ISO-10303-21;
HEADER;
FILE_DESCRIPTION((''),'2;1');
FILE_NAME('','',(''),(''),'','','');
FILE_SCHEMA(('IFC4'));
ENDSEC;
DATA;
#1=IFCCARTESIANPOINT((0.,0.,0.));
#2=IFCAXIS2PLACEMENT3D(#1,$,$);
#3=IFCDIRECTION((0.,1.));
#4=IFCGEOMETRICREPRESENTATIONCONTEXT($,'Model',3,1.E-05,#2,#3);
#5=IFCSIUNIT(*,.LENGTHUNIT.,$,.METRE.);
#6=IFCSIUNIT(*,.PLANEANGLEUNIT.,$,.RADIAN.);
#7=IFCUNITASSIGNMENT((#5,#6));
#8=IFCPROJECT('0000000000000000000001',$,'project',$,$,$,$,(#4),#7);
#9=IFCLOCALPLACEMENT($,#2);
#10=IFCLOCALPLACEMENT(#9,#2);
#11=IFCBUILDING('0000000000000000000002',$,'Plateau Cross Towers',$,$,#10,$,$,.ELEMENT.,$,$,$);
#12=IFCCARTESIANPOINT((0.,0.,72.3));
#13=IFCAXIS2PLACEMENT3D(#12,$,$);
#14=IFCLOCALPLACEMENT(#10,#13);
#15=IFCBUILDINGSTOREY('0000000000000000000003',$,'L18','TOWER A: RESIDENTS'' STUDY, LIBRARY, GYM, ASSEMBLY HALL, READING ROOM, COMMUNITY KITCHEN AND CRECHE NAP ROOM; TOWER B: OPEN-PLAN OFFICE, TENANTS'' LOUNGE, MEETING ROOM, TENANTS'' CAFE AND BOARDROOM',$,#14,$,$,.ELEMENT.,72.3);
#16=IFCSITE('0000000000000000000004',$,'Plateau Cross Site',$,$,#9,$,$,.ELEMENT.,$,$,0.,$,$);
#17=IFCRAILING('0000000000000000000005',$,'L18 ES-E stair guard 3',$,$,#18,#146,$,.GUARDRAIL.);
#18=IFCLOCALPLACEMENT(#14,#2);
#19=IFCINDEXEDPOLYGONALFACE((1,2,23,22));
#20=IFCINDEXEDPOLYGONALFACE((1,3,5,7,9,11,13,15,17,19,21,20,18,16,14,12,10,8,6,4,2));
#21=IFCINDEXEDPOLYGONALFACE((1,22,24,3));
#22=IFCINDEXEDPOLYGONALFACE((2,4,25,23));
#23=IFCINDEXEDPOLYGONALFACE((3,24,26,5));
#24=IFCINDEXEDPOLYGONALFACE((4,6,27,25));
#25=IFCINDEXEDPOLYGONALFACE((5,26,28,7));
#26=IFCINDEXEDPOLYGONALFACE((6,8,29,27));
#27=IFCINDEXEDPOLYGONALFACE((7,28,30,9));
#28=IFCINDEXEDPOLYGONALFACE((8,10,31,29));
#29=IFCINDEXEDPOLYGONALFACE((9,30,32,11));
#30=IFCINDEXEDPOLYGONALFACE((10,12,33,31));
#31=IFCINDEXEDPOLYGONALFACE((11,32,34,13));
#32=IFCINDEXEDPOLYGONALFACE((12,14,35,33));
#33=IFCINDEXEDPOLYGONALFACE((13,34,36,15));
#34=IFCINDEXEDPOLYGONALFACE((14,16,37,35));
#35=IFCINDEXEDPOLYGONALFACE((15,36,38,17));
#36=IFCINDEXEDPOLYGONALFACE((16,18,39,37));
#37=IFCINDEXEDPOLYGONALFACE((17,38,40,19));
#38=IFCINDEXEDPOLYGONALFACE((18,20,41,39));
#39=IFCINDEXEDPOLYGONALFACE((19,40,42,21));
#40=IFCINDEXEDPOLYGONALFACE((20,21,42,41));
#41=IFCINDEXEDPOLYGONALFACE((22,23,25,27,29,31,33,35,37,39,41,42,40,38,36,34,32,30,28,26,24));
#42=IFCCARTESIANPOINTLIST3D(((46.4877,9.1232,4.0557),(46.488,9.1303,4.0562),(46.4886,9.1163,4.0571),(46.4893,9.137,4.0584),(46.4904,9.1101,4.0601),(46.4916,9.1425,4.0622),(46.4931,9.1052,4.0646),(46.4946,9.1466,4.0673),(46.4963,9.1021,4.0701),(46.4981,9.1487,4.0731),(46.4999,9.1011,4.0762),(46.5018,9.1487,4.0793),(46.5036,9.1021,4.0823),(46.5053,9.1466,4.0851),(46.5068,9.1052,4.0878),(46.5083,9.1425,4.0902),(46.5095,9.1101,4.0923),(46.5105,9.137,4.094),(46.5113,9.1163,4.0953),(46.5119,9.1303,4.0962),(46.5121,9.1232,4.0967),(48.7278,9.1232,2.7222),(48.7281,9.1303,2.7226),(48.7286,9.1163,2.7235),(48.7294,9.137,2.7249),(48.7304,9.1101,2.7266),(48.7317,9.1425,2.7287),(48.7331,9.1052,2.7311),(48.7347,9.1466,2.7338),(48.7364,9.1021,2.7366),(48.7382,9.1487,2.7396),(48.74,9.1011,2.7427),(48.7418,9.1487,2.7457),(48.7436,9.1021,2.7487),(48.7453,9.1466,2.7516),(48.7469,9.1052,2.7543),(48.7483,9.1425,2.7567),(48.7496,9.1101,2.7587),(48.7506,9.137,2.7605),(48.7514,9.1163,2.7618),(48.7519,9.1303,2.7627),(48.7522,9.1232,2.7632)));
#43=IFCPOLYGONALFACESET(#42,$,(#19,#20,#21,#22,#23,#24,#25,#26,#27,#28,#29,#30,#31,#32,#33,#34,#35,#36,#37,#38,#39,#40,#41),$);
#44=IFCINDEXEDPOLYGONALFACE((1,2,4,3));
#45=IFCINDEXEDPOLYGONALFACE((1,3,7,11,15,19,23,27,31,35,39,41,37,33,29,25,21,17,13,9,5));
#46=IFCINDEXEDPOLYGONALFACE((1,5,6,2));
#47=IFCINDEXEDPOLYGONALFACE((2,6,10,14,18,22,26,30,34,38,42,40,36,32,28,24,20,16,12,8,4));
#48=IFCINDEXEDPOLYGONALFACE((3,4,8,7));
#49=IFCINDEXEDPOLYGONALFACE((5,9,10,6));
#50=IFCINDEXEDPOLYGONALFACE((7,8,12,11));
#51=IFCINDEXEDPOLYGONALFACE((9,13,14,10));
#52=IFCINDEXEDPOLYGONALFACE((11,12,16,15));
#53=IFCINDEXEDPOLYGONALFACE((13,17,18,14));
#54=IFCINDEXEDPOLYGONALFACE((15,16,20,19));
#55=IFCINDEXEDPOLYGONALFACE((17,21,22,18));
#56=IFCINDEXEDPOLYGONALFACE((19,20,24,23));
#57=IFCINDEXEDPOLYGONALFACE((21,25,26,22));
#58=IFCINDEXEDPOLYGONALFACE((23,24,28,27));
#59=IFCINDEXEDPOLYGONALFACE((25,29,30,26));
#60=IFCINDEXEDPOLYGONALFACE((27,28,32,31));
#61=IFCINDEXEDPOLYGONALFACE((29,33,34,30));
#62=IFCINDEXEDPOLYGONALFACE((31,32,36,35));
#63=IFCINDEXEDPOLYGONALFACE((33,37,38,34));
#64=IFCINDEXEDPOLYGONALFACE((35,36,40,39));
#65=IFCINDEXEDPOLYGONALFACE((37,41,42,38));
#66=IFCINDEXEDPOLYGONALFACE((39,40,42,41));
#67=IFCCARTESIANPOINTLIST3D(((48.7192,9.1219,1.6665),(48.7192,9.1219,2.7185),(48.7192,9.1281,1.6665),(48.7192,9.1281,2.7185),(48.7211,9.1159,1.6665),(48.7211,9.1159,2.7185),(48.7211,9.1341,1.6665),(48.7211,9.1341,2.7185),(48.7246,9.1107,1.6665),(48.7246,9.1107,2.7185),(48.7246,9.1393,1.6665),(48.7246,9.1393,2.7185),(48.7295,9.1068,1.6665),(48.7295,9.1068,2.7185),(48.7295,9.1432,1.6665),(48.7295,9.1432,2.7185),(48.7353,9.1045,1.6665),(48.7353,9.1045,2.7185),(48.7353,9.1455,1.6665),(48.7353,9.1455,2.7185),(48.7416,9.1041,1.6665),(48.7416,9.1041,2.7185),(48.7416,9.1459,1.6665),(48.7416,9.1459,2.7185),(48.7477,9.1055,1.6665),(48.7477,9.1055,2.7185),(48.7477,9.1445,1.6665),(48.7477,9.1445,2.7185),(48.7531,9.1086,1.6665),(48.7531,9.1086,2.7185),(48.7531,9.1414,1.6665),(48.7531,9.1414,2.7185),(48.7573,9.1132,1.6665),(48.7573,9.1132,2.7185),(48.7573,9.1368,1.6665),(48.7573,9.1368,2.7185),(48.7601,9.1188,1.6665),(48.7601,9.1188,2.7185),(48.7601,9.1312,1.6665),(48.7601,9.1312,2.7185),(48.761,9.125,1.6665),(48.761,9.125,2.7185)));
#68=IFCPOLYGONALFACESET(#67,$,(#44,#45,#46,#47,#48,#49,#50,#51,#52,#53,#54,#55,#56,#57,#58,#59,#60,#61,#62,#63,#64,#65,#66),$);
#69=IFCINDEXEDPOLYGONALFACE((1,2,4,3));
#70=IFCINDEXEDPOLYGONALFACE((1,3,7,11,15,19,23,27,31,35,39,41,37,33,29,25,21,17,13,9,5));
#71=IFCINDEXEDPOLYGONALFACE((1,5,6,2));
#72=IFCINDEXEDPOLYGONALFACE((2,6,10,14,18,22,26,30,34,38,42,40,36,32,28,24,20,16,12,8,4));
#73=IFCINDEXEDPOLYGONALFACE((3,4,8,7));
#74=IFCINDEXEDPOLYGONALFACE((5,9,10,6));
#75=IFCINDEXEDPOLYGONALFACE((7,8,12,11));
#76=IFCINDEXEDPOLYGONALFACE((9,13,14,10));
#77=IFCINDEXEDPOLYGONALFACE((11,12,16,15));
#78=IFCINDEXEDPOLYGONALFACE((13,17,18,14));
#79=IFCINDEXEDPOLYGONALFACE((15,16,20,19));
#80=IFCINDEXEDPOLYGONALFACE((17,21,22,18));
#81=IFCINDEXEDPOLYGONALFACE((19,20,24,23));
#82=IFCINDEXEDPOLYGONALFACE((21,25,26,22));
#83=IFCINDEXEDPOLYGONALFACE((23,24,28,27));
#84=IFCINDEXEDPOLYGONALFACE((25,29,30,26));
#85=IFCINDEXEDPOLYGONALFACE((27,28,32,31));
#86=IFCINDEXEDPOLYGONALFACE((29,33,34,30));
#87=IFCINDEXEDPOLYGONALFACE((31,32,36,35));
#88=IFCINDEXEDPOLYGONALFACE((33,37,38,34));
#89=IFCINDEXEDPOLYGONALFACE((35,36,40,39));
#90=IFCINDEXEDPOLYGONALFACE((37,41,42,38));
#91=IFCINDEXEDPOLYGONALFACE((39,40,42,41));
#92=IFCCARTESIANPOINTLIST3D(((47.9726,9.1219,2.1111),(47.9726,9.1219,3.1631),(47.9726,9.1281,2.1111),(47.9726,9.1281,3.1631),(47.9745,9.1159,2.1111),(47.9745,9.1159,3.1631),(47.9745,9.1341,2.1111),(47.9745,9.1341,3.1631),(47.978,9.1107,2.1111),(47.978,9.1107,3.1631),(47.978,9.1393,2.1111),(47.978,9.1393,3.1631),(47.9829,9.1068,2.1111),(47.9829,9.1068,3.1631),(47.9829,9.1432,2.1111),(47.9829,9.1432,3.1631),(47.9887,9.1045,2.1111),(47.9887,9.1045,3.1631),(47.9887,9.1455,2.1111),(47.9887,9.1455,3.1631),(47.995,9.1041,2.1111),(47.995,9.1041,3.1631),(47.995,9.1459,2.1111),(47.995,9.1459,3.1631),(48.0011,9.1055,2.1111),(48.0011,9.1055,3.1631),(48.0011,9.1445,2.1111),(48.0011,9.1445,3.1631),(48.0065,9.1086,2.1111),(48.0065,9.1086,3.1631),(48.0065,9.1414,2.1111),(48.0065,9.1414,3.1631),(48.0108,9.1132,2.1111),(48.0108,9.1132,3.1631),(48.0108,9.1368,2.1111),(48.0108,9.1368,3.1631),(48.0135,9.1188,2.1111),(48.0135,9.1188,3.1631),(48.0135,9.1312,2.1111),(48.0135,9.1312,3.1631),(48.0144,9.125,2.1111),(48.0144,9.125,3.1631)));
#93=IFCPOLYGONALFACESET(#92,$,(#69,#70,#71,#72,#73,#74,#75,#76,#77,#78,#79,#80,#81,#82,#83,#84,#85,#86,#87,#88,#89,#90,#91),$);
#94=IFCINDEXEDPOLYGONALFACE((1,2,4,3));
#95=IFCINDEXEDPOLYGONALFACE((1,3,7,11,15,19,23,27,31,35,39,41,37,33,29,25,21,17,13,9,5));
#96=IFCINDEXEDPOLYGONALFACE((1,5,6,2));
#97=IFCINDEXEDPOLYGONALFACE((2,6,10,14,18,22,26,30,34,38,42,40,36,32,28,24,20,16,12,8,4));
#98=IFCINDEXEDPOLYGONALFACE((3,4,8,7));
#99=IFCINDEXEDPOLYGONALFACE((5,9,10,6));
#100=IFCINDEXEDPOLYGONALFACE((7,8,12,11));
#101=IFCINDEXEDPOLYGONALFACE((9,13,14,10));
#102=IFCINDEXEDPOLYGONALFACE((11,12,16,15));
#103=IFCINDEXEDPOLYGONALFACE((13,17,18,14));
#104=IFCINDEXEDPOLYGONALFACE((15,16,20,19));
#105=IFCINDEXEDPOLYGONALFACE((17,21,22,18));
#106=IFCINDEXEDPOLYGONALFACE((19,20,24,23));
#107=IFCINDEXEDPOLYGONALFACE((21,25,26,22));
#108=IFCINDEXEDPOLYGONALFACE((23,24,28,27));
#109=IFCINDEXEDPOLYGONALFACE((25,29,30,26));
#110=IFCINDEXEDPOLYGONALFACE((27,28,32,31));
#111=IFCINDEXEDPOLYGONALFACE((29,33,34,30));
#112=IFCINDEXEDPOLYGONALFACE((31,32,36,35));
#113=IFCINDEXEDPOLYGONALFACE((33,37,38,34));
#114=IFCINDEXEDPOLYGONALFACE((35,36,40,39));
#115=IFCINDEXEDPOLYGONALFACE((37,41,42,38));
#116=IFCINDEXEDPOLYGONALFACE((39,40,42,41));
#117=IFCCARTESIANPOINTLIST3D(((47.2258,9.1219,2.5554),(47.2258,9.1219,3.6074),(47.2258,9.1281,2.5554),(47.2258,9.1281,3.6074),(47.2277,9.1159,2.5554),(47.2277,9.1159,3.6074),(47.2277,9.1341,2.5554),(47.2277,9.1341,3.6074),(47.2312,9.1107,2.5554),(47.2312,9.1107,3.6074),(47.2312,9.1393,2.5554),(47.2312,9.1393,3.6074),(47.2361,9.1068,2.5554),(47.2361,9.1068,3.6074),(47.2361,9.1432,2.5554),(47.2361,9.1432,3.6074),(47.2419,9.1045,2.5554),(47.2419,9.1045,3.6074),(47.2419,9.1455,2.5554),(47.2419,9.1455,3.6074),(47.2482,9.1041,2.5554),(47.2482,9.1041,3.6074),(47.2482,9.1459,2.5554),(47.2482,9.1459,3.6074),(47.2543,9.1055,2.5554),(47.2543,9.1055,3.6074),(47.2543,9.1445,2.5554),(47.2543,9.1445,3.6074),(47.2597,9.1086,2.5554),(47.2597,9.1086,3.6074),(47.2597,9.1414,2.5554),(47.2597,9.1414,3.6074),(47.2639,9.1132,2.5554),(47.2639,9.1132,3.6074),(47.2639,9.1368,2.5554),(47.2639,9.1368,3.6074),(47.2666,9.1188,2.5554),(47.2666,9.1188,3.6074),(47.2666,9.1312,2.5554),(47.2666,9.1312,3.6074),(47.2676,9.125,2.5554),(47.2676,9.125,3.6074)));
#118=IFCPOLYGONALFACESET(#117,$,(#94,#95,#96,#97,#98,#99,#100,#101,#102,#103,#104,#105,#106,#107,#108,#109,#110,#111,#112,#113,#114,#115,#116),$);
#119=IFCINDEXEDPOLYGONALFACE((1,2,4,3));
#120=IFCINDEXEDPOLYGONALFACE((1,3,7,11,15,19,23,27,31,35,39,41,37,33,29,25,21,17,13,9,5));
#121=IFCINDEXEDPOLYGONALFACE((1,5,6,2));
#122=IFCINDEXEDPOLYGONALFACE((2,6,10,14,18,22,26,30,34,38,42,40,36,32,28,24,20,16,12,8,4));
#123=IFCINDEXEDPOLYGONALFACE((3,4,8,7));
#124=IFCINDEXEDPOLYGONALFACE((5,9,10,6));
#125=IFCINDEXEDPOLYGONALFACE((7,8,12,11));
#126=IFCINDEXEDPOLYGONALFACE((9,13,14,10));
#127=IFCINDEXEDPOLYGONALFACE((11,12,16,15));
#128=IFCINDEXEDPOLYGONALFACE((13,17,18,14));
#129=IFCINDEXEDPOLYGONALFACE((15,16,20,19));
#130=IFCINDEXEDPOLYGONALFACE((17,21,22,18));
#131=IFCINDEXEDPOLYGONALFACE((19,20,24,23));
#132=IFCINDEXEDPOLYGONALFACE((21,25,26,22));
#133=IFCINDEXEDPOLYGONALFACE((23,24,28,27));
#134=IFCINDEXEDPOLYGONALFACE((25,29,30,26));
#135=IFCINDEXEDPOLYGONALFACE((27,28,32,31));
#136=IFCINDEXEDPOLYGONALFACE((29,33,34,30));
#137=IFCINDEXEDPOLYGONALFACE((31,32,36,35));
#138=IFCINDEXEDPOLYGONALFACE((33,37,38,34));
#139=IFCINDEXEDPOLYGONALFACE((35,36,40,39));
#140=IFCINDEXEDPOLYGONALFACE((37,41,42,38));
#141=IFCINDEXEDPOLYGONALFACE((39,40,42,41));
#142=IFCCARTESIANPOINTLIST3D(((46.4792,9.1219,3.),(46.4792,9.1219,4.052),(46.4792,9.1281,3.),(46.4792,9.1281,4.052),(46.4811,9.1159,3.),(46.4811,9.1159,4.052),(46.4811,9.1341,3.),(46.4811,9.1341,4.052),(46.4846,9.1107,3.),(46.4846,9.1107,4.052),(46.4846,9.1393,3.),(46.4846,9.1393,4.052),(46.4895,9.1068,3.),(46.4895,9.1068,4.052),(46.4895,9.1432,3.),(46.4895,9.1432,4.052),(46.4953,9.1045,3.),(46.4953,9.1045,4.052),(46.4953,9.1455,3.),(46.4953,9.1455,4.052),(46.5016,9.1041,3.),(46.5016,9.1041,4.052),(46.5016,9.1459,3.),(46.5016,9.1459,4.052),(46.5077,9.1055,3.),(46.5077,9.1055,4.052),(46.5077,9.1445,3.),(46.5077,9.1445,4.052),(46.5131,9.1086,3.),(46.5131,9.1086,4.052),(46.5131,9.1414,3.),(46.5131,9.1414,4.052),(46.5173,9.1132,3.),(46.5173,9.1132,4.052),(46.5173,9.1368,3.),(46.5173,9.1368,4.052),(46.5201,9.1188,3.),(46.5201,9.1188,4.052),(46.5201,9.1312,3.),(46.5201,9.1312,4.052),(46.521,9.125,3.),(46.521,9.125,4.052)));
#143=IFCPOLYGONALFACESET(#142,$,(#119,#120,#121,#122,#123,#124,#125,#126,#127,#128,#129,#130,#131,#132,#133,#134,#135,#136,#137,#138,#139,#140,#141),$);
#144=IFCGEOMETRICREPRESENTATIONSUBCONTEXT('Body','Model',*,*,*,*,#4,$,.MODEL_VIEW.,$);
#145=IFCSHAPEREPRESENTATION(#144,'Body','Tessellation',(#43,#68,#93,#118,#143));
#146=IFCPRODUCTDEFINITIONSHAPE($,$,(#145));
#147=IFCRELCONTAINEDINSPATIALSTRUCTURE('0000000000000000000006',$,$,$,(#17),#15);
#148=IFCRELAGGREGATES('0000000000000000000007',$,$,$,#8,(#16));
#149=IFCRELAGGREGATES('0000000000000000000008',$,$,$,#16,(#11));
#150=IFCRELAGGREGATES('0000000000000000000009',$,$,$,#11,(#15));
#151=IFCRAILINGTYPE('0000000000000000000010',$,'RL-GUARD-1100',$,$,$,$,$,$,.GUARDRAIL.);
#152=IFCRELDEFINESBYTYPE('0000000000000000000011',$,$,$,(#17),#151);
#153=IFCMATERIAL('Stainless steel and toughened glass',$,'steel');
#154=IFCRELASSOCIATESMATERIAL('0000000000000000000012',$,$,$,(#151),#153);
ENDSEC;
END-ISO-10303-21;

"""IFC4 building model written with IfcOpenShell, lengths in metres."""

from ifc_helpers import new_model, si_unit, direction, frame, origin, origin_2d, place, context, subcontext, project, spatial, circle, extrude, material, type_object, element, save


model = new_model("IFC4")

# Units and contexts
model_context = context("Model", 3, precision=1e-05, world=origin(), true_north=direction((0.0, 1.0)))
body_context = subcontext(model_context, "Body", "Model", "MODEL_VIEW")
ifc_project = project(units=[si_unit("LENGTHUNIT", "METRE"), si_unit("PLANEANGLEUNIT", "RADIAN")], contexts=[model_context])

# Site, building, storey
site_placement = place(None, origin())
site = spatial("IfcSite", under=ifc_project, at=site_placement, Name="Plateau Cross Site", CompositionType="ELEMENT", RefElevation=0.0)
building_placement = place(site_placement, origin())
building = spatial("IfcBuilding", under=site, at=building_placement, Name="Plateau Cross Towers", CompositionType="ELEMENT")
storey_placement = place(building_placement, frame((0.0, 0.0, 72.3)))
storey = spatial("IfcBuildingStorey", under=building, at=storey_placement, Name="L18", Description="TOWER A: RESIDENTS' STUDY, LIBRARY, GYM, ASSEMBLY HALL, READING ROOM, COMMUNITY KITCHEN AND CRECHE NAP ROOM; TOWER B: OPEN-PLAN OFFICE, TENANTS' LOUNGE, MEETING ROOM, TENANTS' CAFE AND BOARDROOM", CompositionType="ELEMENT", Elevation=72.3)

# Railing
ifc_material_1 = material(Name="Stainless steel and toughened glass", Category="steel")
railing_type_1 = type_object("IfcRailingType", Name="RL-GUARD-1100", PredefinedType="GUARDRAIL", material=ifc_material_1)
railing_1_placement = place(storey_placement, frame((48.74, 9.125, 1.6665)))
element("IfcRailing", 1, at=railing_1_placement, inside=storey, type_object=railing_type_1, Name="L18 ES-E stair guard 3", PredefinedType="GUARDRAIL", context=body_context, shape_type="SweptSolid", body=[
    extrude(circle(Radius=0.0239, at=origin_2d()), frame((0.0, 0.0, 1.0762), z_axis=(-0.859264, 0.0, 0.511532), x_axis=(0.0, -1.0, 0.0)), (0.0, 0.0, 1.0), 2.6069),
    extrude(circle(Radius=0.021, at=origin_2d()), origin(), (0.0, 0.0, 1.0), 1.052),
    extrude(circle(Radius=0.021, at=origin_2d()), frame((-0.7466, 0.0, 0.4446)), (0.0, 0.0, 1.0), 1.052),
    extrude(circle(Radius=0.021, at=origin_2d()), frame((-1.4934, 0.0, 0.8889)), (0.0, 0.0, 1.0), 1.052),
    extrude(circle(Radius=0.021, at=origin_2d()), frame((-2.24, 0.0, 1.3335)), (0.0, 0.0, 1.0), 1.052),
])

save(model, "model.ifc")
